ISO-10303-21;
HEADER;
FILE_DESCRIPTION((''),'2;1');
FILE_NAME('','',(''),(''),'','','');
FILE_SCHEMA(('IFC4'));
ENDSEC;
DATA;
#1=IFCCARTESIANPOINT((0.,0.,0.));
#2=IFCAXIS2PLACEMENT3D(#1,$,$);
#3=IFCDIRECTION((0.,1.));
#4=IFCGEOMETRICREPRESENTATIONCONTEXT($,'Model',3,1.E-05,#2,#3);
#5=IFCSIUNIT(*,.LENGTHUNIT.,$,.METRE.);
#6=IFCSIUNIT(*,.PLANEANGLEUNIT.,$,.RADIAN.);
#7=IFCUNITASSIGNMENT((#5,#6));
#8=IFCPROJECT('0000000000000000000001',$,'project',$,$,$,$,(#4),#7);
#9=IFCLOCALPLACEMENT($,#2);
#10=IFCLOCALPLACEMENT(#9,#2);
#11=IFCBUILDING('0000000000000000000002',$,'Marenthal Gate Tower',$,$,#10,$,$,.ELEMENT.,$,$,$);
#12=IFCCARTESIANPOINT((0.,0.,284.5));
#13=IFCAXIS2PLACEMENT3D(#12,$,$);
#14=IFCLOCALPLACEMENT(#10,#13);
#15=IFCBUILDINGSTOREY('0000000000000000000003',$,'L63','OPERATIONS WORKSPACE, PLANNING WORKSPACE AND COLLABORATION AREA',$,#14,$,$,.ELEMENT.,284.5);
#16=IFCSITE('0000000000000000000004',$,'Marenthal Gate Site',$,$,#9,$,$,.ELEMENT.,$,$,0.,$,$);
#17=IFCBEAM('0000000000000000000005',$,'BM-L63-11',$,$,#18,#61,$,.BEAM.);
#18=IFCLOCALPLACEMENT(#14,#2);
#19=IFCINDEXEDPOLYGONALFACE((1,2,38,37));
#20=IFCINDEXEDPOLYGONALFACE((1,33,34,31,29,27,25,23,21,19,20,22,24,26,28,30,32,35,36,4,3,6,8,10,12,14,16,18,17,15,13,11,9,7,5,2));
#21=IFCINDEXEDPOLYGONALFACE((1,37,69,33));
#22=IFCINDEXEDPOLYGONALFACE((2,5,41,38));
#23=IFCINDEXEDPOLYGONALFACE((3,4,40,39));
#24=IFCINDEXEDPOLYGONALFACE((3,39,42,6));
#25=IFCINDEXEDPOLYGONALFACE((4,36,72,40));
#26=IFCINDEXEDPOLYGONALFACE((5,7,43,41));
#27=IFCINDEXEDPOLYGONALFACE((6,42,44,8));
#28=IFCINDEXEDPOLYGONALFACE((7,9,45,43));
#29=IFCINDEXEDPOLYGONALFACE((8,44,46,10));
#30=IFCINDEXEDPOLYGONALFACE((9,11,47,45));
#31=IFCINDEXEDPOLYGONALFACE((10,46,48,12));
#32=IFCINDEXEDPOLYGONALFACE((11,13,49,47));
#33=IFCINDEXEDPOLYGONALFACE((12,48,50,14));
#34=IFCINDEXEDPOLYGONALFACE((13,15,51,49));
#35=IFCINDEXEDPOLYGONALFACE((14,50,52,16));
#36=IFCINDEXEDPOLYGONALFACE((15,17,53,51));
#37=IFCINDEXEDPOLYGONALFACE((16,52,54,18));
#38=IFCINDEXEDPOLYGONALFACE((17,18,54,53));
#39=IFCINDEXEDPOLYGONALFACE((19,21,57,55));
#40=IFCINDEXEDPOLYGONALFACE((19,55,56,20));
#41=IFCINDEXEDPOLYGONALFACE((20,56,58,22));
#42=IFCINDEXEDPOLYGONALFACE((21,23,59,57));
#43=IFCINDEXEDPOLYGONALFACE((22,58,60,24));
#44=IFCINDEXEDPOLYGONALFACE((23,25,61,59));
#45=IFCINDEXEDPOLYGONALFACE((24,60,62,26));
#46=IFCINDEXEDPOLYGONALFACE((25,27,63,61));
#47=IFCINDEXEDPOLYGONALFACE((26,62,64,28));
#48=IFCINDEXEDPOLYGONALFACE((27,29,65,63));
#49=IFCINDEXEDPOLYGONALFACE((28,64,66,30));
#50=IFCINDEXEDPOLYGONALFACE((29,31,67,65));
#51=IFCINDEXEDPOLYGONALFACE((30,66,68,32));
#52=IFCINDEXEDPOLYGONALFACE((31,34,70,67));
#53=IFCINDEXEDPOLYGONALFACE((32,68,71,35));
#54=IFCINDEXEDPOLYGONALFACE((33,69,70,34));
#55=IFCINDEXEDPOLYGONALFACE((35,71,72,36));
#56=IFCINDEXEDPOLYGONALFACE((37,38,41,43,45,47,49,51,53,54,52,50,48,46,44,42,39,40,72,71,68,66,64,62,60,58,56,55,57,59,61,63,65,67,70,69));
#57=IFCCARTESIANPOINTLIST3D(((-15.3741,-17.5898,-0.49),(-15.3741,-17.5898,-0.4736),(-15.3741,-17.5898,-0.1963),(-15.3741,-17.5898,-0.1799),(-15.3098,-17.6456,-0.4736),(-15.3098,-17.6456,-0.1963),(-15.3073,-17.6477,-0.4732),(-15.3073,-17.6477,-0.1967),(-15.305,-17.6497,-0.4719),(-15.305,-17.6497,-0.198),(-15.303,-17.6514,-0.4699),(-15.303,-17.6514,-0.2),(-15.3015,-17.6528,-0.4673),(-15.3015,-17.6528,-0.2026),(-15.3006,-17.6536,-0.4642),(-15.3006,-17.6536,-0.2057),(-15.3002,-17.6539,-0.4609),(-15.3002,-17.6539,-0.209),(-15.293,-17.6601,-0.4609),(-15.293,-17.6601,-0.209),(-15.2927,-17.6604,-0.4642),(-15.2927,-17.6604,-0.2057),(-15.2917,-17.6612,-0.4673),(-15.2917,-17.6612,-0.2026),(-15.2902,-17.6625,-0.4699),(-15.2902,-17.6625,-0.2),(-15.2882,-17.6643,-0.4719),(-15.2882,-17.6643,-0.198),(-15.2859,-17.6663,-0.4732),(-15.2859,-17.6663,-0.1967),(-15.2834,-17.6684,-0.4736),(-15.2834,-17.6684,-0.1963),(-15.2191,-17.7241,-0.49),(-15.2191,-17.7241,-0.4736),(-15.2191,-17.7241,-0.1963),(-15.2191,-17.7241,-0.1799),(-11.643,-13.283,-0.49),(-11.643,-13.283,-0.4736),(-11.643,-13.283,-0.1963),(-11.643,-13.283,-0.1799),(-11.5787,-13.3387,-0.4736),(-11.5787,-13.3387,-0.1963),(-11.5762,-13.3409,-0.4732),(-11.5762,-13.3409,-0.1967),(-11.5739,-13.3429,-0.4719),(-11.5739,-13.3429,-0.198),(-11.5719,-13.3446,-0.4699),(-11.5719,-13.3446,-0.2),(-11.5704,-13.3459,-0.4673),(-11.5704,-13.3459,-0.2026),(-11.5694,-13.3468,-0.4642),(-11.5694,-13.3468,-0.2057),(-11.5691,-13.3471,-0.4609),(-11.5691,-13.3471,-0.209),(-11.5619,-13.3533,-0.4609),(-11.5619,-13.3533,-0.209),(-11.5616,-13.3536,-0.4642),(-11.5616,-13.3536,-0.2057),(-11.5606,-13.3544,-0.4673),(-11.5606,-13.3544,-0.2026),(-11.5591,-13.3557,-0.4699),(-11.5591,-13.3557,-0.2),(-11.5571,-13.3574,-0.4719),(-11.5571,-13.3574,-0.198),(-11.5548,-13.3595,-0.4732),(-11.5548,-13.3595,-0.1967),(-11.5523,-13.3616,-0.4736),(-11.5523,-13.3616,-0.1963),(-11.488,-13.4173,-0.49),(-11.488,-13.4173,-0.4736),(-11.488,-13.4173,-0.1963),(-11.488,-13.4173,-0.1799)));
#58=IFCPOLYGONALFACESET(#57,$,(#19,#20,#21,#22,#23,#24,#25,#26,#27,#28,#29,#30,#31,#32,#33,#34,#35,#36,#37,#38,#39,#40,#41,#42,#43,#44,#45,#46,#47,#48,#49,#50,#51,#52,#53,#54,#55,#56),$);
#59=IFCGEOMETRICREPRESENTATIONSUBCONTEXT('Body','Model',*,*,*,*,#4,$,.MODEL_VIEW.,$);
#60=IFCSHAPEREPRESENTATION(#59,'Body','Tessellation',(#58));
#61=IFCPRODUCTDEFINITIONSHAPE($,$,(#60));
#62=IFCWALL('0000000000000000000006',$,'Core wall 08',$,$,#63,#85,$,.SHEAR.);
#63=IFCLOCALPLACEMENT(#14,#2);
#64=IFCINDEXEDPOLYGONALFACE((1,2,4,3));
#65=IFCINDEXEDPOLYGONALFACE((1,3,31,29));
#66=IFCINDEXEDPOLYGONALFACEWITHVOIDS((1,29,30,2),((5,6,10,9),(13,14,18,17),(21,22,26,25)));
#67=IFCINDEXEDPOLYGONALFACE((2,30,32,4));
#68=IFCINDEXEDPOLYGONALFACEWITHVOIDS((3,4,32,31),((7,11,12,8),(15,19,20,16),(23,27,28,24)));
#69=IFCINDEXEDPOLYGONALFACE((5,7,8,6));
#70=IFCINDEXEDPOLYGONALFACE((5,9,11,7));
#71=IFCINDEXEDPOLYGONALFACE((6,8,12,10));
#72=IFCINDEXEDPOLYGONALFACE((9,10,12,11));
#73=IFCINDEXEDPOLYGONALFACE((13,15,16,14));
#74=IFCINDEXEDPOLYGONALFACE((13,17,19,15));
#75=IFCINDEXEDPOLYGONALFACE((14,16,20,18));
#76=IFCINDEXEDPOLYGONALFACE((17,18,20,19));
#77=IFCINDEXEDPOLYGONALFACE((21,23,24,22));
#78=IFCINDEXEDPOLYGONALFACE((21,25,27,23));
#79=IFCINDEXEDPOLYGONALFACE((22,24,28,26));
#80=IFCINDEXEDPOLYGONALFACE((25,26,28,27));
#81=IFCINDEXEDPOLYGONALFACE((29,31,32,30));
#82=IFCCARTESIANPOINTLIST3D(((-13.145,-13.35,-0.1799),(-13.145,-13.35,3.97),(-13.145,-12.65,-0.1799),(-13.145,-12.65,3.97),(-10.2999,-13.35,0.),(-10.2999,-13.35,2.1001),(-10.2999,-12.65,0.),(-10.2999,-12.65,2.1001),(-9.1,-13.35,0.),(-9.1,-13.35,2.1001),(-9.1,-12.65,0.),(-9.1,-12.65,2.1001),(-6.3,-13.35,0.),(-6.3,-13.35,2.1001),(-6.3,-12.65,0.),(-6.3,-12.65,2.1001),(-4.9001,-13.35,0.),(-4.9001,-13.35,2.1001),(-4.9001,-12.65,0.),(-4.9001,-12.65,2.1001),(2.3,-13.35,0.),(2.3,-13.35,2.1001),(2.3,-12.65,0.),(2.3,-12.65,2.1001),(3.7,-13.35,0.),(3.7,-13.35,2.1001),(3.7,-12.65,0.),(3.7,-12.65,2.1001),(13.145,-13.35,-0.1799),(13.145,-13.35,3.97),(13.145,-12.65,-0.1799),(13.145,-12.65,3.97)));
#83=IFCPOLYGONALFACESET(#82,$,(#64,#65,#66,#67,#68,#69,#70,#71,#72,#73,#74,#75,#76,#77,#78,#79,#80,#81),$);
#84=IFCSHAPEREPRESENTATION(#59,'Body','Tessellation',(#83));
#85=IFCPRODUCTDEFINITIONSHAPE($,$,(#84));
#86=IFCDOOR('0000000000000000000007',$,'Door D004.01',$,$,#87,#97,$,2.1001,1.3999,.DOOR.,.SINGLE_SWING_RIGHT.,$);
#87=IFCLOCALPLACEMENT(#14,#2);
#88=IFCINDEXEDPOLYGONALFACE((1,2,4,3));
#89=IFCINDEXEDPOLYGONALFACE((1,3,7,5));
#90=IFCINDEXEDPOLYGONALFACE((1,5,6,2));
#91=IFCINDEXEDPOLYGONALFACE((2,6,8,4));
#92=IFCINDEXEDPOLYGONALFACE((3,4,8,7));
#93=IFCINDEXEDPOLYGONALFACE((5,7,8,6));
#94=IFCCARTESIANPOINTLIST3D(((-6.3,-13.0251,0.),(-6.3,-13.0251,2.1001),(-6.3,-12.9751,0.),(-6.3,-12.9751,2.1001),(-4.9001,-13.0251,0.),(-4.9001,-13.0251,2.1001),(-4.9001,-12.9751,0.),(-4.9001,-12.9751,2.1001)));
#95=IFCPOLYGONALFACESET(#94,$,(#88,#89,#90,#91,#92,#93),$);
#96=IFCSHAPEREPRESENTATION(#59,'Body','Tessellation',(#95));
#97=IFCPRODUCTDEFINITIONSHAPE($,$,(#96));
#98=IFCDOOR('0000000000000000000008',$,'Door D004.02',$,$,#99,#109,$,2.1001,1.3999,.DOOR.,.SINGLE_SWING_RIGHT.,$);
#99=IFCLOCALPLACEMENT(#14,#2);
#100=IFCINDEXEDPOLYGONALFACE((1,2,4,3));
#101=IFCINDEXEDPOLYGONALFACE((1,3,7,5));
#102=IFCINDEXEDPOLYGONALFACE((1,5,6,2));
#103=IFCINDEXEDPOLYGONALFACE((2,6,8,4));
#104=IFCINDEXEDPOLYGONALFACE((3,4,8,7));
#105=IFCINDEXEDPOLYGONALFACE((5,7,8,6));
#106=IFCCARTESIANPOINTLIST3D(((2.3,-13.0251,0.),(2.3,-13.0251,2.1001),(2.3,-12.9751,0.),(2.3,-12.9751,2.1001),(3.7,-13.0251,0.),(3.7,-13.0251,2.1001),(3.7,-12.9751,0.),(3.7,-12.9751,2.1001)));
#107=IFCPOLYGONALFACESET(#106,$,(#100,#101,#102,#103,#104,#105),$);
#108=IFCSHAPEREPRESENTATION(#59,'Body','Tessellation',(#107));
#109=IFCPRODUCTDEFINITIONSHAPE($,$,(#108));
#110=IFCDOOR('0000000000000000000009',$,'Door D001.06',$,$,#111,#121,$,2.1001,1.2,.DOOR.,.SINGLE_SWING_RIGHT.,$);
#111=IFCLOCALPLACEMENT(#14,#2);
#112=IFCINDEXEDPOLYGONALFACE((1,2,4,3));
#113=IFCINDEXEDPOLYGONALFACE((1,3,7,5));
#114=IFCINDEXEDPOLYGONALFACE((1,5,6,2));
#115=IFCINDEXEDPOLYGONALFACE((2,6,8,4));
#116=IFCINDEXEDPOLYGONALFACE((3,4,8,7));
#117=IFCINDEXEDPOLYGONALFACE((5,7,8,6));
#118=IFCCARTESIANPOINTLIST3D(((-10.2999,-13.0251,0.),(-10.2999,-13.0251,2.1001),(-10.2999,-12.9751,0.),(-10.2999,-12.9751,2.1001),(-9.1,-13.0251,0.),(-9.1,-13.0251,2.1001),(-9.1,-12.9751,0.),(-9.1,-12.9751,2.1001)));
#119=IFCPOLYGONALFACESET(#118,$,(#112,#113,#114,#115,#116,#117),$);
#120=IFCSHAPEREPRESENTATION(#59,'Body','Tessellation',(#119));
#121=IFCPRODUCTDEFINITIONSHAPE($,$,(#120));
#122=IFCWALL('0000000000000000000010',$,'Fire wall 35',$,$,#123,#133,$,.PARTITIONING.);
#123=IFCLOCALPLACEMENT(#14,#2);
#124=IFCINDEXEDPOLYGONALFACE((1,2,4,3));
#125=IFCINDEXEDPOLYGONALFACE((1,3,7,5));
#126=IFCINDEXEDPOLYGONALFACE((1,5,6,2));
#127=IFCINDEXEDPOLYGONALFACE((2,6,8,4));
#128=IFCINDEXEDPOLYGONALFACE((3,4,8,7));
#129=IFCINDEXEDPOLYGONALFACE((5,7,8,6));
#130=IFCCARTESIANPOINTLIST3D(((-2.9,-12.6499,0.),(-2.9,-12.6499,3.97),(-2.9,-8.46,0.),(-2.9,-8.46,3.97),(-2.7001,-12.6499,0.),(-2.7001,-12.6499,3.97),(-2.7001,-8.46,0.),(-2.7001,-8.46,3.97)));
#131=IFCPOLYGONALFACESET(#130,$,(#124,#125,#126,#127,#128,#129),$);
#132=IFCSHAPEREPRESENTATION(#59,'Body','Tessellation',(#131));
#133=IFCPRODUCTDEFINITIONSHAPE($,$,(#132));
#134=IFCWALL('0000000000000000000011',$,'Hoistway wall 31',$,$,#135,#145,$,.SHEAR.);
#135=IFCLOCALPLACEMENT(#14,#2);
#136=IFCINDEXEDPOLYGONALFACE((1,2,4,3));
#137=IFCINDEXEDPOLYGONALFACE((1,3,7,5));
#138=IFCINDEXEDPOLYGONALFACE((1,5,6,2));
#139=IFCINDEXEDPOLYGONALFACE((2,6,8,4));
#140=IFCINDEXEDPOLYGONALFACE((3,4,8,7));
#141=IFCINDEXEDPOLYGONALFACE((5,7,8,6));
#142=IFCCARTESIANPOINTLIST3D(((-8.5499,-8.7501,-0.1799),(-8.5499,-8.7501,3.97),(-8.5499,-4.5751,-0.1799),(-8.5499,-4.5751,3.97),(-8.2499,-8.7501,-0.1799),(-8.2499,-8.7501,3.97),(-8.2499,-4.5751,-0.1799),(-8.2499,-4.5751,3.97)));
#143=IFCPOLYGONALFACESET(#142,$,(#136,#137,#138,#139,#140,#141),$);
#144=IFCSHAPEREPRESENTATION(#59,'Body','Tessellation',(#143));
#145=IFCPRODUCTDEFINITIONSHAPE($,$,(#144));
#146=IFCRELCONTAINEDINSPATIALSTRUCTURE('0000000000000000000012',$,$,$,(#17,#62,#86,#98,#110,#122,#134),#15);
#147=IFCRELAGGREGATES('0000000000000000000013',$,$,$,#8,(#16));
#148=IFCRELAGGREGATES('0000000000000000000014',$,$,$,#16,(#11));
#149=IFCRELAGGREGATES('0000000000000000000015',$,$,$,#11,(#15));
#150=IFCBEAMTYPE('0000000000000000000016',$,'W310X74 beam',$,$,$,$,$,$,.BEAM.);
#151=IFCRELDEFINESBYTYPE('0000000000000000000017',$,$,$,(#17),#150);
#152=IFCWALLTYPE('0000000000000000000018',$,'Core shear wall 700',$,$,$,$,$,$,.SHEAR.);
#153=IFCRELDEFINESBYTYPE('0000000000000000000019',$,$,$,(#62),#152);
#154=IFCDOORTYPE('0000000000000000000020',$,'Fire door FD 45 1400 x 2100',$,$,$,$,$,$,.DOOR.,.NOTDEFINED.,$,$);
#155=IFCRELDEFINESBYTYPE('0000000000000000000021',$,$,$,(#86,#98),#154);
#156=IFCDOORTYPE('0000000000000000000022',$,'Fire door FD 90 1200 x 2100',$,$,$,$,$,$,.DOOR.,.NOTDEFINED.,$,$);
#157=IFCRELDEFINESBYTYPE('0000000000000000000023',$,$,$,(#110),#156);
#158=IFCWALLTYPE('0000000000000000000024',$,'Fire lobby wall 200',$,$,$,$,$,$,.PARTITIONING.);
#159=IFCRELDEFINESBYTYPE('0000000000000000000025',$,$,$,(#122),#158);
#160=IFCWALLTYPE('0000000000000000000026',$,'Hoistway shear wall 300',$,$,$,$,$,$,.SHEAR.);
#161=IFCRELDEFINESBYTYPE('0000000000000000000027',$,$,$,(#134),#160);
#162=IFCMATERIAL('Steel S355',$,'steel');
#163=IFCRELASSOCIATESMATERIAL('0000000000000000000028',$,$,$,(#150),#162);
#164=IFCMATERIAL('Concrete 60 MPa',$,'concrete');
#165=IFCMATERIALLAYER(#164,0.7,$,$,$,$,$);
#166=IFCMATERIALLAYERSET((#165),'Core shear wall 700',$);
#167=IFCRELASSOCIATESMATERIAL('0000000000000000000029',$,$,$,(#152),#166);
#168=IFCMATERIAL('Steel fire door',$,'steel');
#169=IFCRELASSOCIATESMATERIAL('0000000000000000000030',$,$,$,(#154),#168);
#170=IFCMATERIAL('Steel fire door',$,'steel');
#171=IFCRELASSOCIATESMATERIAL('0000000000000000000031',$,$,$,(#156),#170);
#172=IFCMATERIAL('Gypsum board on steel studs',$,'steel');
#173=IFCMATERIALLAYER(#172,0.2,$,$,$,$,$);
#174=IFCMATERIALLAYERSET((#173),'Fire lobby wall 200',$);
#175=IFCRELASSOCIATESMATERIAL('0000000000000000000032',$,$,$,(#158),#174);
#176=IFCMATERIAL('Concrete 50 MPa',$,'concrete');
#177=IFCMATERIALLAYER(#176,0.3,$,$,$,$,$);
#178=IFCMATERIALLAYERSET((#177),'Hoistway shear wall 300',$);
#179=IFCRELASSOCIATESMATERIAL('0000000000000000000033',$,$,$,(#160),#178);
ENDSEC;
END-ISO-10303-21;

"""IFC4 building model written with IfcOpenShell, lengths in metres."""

from ifc_helpers import new_model, si_unit, direction, frame, frame_2d, origin, origin_2d, place, context, subcontext, project, spatial, rectangle, i_section, extrude, material, layer, layer_set, material_profile, profile_set, type_object, element, fill, save


model = new_model("IFC4")

# Units and contexts
model_context = context("Model", 3, precision=1e-05, world=origin(), true_north=direction((0.0, 1.0)))
body_context = subcontext(model_context, "Body", "Model", "MODEL_VIEW")
ifc_project = project(units=[si_unit("LENGTHUNIT", "METRE"), si_unit("PLANEANGLEUNIT", "RADIAN")], contexts=[model_context])

# Site, building, storey
site_placement = place(None, origin())
site = spatial("IfcSite", under=ifc_project, at=site_placement, Name="Marenthal Gate Site", CompositionType="ELEMENT", RefElevation=0.0)
building_placement = place(site_placement, origin())
building = spatial("IfcBuilding", under=site, at=building_placement, Name="Marenthal Gate Tower", CompositionType="ELEMENT")
storey_placement = place(building_placement, frame((0.0, 0.0, 284.5)))
storey = spatial("IfcBuildingStorey", under=building, at=storey_placement, Name="L63", Description="OPERATIONS WORKSPACE, PLANNING WORKSPACE AND COLLABORATION AREA", CompositionType="ELEMENT", Elevation=284.5)

# Beam
ifc_material_1 = material(Name="Steel S355", Category="steel")
ifc_material_profile = material_profile(ifc_material_1, i_section(OverallWidth=0.2051, OverallDepth=0.3101, WebThickness=0.0095, FlangeThickness=0.0164, FilletRadius=0.0127, at=origin_2d()), Name="W310X74")
ifc_profile_set = profile_set([ifc_material_profile], Name="Steel S355")
beam_type = type_object("IfcBeamType", Name="W310X74 beam", PredefinedType="BEAM", material=ifc_profile_set)
beam_placement = place(storey_placement, frame((-15.2966, -17.657, -0.335), z_axis=(0.654787, 0.755813, 0.0), x_axis=(-0.755813, 0.654787, 0.0)))
element("IfcBeam", 1, at=beam_placement, inside=storey, type_object=beam_type, Name="BM-L63-11", PredefinedType="BEAM", context=body_context, shape_type="SweptSolid", body=[
    extrude(i_section(OverallWidth=0.2051, OverallDepth=0.3101, WebThickness=0.0095, FlangeThickness=0.0164, FilletRadius=0.0127, at=origin_2d()), origin(), (0.0, 0.0, 1.0), 5.6982),
])

# Wall, openings, doors
ifc_material_2 = material(Name="Concrete 60 MPa", Category="concrete")
ifc_layer_1 = layer(ifc_material_2, 0.7)
ifc_layer_set_1 = layer_set([ifc_layer_1], Name="Core shear wall 700")
wall_type_1 = type_object("IfcWallType", Name="Core shear wall 700", PredefinedType="SHEAR", material=ifc_layer_set_1)
wall_1_placement = place(storey_placement, frame((-13.145, -13.0, -0.1799), z_axis=(0.0, 0.0, 1.0), x_axis=(1.0, 0.0, 0.0)))
wall_1 = element("IfcWall", 2, at=wall_1_placement, inside=storey, type_object=wall_type_1, Name="Core wall 08", PredefinedType="SHEAR", context=body_context, shape_type="SweptSolid", body=[
    extrude(rectangle(XDim=26.29, YDim=0.7, at=frame_2d((13.145, 0.0))), origin(), (0.0, 0.0, 1.0), 4.1499),
])
opening_1_placement = place(wall_1_placement, frame((2.845, 0.0, 0.1799)))
opening_1 = element("IfcOpeningElement", 3, at=opening_1_placement, cuts=wall_1, PredefinedType="OPENING", context=body_context, shape_type="SweptSolid", body=[
    extrude(rectangle(XDim=1.2, YDim=2.1001, at=frame_2d((0.6001, 1.05))), frame((0.0, 0.3599, 0.0), z_axis=(0.0, -1.0, 0.0), x_axis=(1.0, 0.0, 0.0)), (0.0, 0.0, 1.0), 0.72),
])
opening_2_placement = place(wall_1_placement, frame((6.845, 0.0, 0.1799)))
opening_2 = element("IfcOpeningElement", 4, at=opening_2_placement, cuts=wall_1, PredefinedType="OPENING", context=body_context, shape_type="SweptSolid", body=[
    extrude(rectangle(XDim=1.3999, YDim=2.1001, at=frame_2d((0.7, 1.05))), frame((0.0, 0.3599, 0.0), z_axis=(0.0, -1.0, 0.0), x_axis=(1.0, 0.0, 0.0)), (0.0, 0.0, 1.0), 0.72),
])
opening_3_placement = place(wall_1_placement, frame((15.4451, 0.0, 0.1799)))
opening_3 = element("IfcOpeningElement", 5, at=opening_3_placement, cuts=wall_1, PredefinedType="OPENING", context=body_context, shape_type="SweptSolid", body=[
    extrude(rectangle(XDim=1.3999, YDim=2.1001, at=frame_2d((0.7, 1.05))), frame((0.0, 0.3599, 0.0), z_axis=(0.0, -1.0, 0.0), x_axis=(1.0, 0.0, 0.0)), (0.0, 0.0, 1.0), 0.72),
])
ifc_material_3 = material(Name="Steel fire door", Category="steel")
door_type_1 = type_object("IfcDoorType", Name="Fire door FD 45 1400 x 2100", OperationType="NOTDEFINED", PredefinedType="DOOR", material=ifc_material_3)
door_1_placement = place(opening_2_placement, origin())
door_1 = element("IfcDoor", 6, at=door_1_placement, inside=storey, type_object=door_type_1, Name="Door D004.01", OperationType="SINGLE_SWING_RIGHT", OverallHeight=2.1001, OverallWidth=1.3999, PredefinedType="DOOR", context=body_context, shape_type="SweptSolid", body=[
    extrude(rectangle(XDim=1.3999, YDim=2.1001, at=frame_2d((0.7, 1.05))), frame((0.0, 0.0249, 0.0), z_axis=(0.0, -1.0, 0.0), x_axis=(1.0, 0.0, 0.0)), (0.0, 0.0, 1.0), 0.05),
])
fill(opening_2, door_1)
door_2_placement = place(opening_3_placement, origin())
door_2 = element("IfcDoor", 7, at=door_2_placement, inside=storey, type_object=door_type_1, Name="Door D004.02", OperationType="SINGLE_SWING_RIGHT", OverallHeight=2.1001, OverallWidth=1.3999, PredefinedType="DOOR", context=body_context, shape_type="SweptSolid", body=[
    extrude(rectangle(XDim=1.3999, YDim=2.1001, at=frame_2d((0.7, 1.05))), frame((0.0, 0.0249, 0.0), z_axis=(0.0, -1.0, 0.0), x_axis=(1.0, 0.0, 0.0)), (0.0, 0.0, 1.0), 0.05),
])
fill(opening_3, door_2)
ifc_material_4 = material(Name="Steel fire door", Category="steel")
door_type_2 = type_object("IfcDoorType", Name="Fire door FD 90 1200 x 2100", OperationType="NOTDEFINED", PredefinedType="DOOR", material=ifc_material_4)
door_3_placement = place(opening_1_placement, origin())
door_3 = element("IfcDoor", 8, at=door_3_placement, inside=storey, type_object=door_type_2, Name="Door D001.06", OperationType="SINGLE_SWING_RIGHT", OverallHeight=2.1001, OverallWidth=1.2, PredefinedType="DOOR", context=body_context, shape_type="SweptSolid", body=[
    extrude(rectangle(XDim=1.2, YDim=2.1001, at=frame_2d((0.6001, 1.05))), frame((0.0, 0.0249, 0.0), z_axis=(0.0, -1.0, 0.0), x_axis=(1.0, 0.0, 0.0)), (0.0, 0.0, 1.0), 0.05),
])
fill(opening_1, door_3)

# Walls
ifc_material_5 = material(Name="Gypsum board on steel studs", Category="steel")
ifc_layer_2 = layer(ifc_material_5, 0.2)
ifc_layer_set_2 = layer_set([ifc_layer_2], Name="Fire lobby wall 200")
wall_type_2 = type_object("IfcWallType", Name="Fire lobby wall 200", PredefinedType="PARTITIONING", material=ifc_layer_set_2)
wall_2_placement = place(storey_placement, frame((-2.8, -12.6499, 0.0), z_axis=(0.0, 0.0, 1.0), x_axis=(0.0, 1.0, 0.0)))
element("IfcWall", 9, at=wall_2_placement, inside=storey, type_object=wall_type_2, Name="Fire wall 35", PredefinedType="PARTITIONING", context=body_context, shape_type="SweptSolid", body=[
    extrude(rectangle(XDim=4.1899, YDim=0.2, at=frame_2d((2.095, 0.0))), origin(), (0.0, 0.0, 1.0), 3.97),
])
ifc_material_6 = material(Name="Concrete 50 MPa", Category="concrete")
ifc_layer_3 = layer(ifc_material_6, 0.3)
ifc_layer_set_3 = layer_set([ifc_layer_3], Name="Hoistway shear wall 300")
wall_type_3 = type_object("IfcWallType", Name="Hoistway shear wall 300", PredefinedType="SHEAR", material=ifc_layer_set_3)
wall_3_placement = place(storey_placement, frame((-8.3999, -8.75, -0.1799), z_axis=(0.0, 0.0, 1.0), x_axis=(0.0, 1.0, 0.0)))
element("IfcWall", 10, at=wall_3_placement, inside=storey, type_object=wall_type_3, Name="Hoistway wall 31", PredefinedType="SHEAR", context=body_context, shape_type="SweptSolid", body=[
    extrude(rectangle(XDim=4.175, YDim=0.3, at=frame_2d((2.0874, 0.0))), origin(), (0.0, 0.0, 1.0), 4.1499),
])

save(model, "model.ifc")
